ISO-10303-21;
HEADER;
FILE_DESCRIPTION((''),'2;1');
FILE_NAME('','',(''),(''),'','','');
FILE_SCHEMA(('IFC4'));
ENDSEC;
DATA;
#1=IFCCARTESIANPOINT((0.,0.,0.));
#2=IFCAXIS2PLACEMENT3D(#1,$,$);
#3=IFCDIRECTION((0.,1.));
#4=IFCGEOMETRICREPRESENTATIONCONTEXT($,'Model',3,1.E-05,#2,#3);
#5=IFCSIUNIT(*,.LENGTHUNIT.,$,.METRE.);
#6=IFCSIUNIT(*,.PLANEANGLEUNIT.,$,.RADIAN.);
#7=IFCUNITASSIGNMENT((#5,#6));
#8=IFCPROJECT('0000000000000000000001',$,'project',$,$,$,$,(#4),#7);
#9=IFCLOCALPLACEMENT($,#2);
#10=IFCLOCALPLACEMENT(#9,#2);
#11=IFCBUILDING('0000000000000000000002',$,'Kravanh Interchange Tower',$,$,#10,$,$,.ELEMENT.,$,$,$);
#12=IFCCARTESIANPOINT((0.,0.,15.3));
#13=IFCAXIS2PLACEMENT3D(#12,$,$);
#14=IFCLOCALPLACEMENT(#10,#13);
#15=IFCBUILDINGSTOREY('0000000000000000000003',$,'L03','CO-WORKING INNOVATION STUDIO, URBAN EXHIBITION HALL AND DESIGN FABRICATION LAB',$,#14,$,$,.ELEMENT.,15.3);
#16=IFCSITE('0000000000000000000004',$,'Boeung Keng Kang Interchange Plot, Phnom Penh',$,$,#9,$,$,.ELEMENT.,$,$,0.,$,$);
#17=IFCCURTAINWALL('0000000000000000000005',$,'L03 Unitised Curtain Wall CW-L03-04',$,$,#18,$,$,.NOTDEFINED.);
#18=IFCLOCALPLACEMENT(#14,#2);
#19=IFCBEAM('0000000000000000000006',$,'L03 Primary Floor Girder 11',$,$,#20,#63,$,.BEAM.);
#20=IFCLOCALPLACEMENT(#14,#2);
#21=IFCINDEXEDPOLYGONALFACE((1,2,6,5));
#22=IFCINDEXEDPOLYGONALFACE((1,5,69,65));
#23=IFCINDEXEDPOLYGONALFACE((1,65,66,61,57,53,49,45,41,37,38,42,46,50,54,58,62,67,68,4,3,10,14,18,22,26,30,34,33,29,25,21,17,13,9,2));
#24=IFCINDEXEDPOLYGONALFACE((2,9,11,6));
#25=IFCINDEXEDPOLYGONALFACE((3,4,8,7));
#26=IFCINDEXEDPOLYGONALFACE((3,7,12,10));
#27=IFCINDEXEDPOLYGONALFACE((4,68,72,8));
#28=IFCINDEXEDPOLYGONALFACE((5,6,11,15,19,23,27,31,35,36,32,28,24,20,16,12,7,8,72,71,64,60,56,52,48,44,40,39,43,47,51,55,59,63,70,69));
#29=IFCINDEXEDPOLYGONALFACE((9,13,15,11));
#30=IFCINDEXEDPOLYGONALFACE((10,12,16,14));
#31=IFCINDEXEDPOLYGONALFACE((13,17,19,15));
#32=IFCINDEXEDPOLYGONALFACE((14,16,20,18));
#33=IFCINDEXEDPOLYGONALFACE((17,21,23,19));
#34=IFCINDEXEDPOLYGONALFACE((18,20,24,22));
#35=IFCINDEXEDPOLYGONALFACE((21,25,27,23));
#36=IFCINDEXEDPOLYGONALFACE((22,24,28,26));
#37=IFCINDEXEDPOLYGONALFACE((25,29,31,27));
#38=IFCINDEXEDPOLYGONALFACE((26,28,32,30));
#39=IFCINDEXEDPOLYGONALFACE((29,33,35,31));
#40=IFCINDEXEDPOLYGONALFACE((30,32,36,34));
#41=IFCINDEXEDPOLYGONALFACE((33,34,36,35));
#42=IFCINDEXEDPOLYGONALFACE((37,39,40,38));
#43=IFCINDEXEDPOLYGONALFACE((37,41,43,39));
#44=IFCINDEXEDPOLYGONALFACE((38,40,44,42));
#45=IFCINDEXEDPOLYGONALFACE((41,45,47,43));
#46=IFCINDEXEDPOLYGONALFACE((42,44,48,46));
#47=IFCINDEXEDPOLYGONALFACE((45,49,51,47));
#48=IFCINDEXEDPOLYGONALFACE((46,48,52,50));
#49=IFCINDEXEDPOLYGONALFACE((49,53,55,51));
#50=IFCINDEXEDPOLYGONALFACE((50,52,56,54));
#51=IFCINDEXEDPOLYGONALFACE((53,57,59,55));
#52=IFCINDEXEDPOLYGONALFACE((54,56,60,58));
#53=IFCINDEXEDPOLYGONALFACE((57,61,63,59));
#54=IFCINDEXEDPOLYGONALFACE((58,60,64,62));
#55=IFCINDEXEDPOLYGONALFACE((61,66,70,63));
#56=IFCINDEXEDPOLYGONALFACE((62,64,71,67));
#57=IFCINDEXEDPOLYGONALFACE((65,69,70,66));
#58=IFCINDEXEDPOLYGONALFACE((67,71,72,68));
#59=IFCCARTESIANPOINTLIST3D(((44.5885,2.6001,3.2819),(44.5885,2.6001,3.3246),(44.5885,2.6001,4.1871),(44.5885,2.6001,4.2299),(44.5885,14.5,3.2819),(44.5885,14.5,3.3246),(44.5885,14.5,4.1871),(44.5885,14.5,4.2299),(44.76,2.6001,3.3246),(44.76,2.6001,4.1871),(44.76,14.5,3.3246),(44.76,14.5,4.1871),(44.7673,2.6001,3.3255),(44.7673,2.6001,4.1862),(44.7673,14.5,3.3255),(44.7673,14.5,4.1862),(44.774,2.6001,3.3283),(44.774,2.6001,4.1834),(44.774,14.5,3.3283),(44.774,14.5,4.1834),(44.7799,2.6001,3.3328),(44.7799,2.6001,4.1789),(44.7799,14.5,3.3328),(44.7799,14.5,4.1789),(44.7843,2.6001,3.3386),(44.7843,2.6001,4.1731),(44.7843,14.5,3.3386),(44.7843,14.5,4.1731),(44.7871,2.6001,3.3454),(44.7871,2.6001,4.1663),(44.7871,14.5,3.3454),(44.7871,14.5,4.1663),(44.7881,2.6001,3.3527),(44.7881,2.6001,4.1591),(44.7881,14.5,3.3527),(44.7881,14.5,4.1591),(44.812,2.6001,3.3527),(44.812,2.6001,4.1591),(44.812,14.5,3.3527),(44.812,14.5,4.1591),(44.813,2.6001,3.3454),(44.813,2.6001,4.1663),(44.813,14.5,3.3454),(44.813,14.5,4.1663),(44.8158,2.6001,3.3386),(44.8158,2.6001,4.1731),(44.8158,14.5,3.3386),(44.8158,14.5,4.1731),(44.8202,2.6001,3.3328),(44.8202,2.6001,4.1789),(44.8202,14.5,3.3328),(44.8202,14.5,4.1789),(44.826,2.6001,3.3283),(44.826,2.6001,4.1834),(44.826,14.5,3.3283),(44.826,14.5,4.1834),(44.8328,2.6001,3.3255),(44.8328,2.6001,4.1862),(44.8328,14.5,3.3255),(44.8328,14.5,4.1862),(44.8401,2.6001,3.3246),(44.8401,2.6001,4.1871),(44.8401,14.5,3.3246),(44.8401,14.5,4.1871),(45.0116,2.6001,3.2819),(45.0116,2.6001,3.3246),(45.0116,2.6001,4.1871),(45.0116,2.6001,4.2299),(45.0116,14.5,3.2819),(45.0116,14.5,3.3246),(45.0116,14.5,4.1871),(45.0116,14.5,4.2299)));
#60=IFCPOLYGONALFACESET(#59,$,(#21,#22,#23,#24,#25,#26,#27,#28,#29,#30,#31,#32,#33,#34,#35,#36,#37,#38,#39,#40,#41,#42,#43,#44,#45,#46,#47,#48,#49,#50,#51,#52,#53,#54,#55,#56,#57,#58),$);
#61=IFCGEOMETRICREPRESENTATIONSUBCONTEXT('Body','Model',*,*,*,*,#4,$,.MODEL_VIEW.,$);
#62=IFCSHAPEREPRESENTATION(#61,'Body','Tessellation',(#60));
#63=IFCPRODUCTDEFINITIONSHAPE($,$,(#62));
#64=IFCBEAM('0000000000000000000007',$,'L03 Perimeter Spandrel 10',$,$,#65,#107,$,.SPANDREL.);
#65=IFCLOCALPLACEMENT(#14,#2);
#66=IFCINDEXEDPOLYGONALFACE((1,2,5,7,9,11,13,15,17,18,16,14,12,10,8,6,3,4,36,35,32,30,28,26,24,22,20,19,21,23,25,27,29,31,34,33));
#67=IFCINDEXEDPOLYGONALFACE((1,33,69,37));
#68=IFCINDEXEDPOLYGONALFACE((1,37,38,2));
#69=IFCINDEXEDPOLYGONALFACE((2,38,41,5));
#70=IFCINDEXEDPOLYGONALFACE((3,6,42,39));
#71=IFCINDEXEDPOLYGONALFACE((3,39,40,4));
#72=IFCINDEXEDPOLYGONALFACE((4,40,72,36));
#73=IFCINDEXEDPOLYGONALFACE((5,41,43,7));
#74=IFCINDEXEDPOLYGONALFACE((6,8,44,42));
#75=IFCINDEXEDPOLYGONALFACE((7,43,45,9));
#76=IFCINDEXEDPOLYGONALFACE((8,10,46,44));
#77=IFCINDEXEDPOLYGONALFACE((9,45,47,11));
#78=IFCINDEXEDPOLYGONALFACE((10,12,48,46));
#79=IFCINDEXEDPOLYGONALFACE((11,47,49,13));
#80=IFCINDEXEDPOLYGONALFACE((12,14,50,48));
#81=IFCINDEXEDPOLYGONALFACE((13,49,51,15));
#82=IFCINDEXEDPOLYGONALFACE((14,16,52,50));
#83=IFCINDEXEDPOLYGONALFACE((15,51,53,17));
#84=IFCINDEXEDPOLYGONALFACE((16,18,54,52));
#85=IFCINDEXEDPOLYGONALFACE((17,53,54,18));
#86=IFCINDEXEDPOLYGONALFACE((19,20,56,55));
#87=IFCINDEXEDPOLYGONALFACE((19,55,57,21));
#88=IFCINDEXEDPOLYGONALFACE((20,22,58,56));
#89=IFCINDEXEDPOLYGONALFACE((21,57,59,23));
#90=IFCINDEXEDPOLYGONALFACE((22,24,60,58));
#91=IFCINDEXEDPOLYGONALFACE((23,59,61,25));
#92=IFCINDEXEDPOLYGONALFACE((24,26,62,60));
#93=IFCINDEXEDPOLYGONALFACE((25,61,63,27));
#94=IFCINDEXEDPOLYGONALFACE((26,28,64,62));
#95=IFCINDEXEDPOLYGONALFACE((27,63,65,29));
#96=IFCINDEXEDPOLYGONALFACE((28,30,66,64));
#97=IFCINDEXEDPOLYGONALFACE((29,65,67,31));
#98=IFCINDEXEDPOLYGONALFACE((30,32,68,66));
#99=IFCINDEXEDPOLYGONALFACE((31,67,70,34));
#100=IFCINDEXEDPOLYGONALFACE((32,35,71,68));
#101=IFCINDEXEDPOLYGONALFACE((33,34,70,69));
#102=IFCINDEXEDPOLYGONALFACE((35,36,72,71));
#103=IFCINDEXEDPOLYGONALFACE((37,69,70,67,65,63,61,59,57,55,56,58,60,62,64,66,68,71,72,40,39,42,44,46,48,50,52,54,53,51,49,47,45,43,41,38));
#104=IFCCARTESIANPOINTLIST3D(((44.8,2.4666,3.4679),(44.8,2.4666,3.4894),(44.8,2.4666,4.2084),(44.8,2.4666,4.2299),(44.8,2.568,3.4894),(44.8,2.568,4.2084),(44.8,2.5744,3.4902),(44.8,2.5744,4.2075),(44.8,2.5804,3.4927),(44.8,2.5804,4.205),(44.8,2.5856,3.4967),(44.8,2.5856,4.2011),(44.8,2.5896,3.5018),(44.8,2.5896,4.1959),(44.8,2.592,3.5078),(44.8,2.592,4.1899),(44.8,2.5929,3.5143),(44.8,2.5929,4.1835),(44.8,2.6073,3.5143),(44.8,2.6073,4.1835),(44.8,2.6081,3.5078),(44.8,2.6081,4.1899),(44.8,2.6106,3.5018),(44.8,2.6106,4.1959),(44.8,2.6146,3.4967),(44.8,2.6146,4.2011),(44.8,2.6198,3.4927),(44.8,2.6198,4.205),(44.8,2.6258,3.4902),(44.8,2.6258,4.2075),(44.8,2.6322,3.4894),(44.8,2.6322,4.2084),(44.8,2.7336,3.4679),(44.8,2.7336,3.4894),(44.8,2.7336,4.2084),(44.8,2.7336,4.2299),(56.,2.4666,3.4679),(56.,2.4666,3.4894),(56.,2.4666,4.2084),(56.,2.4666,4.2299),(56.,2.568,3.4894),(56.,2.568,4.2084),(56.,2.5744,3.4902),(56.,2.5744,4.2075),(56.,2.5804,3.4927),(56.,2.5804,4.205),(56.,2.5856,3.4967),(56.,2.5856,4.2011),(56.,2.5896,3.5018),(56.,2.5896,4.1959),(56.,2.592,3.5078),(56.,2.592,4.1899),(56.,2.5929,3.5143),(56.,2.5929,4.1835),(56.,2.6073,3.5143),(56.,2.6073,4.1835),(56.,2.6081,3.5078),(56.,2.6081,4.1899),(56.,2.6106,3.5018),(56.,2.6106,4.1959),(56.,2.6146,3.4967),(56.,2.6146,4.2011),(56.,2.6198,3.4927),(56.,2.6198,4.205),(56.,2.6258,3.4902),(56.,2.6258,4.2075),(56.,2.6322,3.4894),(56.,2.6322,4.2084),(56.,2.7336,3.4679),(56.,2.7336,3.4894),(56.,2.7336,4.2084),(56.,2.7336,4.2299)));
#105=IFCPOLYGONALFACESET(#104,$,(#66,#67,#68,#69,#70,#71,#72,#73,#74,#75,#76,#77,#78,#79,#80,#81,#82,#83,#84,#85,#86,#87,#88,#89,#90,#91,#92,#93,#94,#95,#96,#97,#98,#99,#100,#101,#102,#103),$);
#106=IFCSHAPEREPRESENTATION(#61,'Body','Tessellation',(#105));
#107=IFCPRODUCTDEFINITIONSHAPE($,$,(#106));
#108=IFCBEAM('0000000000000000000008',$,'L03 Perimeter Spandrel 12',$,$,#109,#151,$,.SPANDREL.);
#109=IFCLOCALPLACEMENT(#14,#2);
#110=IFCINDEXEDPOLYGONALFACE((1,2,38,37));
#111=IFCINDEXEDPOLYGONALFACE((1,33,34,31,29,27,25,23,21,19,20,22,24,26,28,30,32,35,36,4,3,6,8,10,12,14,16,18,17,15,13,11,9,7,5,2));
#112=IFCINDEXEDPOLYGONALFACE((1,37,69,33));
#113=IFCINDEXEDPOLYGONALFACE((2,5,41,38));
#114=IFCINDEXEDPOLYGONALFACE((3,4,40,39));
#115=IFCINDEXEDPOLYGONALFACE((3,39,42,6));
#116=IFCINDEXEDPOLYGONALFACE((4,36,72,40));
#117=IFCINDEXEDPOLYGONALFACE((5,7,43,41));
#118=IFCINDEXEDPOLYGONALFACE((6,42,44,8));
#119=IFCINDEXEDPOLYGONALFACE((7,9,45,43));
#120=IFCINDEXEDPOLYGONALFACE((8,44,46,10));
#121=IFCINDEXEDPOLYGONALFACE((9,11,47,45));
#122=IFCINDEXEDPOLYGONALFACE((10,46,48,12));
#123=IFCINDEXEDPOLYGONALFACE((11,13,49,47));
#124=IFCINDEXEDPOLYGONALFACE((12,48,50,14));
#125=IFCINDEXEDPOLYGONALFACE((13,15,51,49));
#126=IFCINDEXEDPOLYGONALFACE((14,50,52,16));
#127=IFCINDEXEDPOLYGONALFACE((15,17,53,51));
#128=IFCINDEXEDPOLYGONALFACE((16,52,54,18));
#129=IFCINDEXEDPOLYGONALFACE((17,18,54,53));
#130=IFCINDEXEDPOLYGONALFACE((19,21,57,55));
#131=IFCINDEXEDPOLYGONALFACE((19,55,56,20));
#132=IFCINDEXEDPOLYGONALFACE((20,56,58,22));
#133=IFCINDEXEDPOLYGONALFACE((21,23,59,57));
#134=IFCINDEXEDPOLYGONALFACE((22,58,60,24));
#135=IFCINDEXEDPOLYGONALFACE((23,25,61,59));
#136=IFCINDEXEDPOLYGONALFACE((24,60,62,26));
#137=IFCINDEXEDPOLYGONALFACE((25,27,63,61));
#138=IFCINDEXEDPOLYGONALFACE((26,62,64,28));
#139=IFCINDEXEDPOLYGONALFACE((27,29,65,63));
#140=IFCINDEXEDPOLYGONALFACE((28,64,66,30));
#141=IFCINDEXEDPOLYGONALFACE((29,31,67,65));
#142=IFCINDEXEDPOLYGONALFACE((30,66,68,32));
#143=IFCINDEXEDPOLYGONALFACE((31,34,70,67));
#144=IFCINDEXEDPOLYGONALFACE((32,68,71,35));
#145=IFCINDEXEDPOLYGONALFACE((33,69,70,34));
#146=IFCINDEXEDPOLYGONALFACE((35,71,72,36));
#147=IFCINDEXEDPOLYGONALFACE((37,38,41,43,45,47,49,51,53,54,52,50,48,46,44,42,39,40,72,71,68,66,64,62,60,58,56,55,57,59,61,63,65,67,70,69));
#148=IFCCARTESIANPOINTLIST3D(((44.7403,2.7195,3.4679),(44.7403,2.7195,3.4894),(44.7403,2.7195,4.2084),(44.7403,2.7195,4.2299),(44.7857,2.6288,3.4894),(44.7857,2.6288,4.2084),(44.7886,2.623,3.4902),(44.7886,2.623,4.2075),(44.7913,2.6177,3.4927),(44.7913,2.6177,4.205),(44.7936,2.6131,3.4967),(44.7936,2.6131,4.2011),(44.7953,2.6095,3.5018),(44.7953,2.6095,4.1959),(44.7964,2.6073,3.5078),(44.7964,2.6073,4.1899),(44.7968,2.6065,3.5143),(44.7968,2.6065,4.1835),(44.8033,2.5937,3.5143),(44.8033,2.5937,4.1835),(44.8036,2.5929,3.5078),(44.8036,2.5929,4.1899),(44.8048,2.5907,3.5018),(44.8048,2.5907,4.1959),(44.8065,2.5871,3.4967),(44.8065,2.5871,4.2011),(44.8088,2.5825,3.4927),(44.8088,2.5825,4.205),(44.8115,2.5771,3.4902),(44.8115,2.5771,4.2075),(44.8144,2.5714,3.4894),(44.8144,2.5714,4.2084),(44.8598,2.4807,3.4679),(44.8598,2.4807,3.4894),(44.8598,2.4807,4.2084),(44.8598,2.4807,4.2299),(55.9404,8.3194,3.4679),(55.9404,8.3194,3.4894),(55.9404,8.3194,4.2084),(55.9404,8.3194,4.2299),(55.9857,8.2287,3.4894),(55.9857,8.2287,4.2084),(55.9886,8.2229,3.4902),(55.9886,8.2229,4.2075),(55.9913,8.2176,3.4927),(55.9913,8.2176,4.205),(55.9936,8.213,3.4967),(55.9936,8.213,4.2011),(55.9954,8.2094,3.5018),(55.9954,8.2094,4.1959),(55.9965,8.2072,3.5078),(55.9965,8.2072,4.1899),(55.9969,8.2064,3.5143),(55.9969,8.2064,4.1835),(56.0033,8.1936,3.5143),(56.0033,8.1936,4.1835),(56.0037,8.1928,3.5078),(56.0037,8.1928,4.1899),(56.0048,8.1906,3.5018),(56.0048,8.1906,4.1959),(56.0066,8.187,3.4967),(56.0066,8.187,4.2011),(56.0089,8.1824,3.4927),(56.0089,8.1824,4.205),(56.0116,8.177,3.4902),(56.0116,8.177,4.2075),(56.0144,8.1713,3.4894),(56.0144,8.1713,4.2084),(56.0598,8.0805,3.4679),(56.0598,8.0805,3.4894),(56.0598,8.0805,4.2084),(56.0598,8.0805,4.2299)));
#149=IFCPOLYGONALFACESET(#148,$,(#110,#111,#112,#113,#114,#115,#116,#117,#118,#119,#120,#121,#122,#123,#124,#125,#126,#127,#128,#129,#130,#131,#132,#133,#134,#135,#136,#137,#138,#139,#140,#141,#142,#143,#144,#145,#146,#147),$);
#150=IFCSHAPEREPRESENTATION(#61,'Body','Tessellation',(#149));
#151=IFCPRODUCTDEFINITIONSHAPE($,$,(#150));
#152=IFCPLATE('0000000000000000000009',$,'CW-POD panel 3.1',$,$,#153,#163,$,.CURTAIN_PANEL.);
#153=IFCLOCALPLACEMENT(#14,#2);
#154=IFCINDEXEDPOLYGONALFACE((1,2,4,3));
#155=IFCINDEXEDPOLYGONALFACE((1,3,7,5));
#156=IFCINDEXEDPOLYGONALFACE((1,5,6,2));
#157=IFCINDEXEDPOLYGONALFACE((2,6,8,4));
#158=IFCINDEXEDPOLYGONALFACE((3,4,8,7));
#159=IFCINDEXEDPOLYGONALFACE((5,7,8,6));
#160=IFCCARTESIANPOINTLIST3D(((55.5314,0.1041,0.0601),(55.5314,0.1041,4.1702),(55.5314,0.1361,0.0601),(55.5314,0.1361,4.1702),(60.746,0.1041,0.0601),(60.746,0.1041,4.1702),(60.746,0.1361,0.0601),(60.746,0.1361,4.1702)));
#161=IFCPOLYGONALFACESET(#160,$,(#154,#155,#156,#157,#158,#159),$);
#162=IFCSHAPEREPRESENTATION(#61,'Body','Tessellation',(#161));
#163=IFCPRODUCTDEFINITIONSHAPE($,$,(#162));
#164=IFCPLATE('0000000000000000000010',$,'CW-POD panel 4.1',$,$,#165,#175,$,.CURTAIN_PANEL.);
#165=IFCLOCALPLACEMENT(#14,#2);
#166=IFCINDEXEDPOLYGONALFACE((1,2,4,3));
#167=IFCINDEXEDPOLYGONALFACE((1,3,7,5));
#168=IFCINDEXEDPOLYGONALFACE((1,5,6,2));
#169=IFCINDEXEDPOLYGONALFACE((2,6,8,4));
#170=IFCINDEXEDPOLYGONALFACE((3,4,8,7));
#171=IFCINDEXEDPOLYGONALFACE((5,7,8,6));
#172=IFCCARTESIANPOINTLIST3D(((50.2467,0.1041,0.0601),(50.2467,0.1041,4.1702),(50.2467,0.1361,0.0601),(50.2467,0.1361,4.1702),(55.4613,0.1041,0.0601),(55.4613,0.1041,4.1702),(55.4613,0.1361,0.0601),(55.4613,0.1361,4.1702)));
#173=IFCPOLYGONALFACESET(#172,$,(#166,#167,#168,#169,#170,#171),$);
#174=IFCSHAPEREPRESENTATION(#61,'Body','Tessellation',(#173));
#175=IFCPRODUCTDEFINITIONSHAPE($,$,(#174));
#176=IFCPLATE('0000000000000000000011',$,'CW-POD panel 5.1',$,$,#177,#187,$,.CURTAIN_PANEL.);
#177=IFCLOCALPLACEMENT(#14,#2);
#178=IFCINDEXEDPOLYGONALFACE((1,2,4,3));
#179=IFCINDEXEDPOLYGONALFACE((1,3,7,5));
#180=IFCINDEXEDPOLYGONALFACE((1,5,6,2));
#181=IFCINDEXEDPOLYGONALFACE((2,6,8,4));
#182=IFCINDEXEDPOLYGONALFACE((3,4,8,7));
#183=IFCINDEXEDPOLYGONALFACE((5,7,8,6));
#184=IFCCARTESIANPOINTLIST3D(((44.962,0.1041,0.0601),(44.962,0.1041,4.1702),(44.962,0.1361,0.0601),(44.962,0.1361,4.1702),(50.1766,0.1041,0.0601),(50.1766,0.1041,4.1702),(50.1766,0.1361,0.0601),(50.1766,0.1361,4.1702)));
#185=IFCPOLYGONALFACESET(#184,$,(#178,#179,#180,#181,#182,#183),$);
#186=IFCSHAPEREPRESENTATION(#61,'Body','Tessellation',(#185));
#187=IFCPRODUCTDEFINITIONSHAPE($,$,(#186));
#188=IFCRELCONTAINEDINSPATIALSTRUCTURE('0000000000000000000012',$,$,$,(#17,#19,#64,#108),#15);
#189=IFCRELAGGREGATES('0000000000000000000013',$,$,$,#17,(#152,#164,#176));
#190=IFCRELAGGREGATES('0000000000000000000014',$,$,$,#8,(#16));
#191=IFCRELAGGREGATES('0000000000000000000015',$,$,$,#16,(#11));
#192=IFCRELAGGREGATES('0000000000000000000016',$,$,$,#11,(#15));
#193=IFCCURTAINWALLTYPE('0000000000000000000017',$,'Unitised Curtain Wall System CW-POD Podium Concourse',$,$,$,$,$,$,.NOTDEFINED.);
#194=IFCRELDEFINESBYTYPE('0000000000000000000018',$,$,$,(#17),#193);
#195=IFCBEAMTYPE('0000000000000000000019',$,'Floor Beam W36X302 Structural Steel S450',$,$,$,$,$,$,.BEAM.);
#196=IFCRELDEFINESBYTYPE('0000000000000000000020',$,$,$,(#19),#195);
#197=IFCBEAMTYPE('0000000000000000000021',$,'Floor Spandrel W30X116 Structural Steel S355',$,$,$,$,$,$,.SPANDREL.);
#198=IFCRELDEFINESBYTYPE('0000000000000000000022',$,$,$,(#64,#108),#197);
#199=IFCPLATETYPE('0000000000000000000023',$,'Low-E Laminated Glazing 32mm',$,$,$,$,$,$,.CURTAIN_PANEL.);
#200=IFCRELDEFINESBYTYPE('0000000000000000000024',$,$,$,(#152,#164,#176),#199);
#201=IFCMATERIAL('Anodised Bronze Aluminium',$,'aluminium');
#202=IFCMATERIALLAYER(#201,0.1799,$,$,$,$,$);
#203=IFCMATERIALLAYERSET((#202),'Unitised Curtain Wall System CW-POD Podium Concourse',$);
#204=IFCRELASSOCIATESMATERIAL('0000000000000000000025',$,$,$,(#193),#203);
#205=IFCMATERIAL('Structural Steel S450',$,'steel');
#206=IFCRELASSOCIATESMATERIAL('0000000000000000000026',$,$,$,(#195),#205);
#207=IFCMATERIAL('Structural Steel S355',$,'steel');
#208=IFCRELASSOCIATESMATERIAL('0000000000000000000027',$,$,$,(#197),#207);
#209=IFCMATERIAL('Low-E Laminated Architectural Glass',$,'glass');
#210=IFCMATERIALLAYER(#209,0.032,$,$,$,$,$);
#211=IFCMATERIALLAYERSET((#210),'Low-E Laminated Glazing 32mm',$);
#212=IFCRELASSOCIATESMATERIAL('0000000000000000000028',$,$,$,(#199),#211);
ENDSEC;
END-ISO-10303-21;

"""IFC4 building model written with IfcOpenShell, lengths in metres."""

from ifc_helpers import new_model, si_unit, direction, frame, origin, origin_2d, place, context, subcontext, project, spatial, rectangle, i_section, extrude, material, layer, layer_set, material_profile, profile_set, type_object, element, aggregate, save


model = new_model("IFC4")

# Units and contexts
model_context = context("Model", 3, precision=1e-05, world=origin(), true_north=direction((0.0, 1.0)))
body_context = subcontext(model_context, "Body", "Model", "MODEL_VIEW")
ifc_project = project(units=[si_unit("LENGTHUNIT", "METRE"), si_unit("PLANEANGLEUNIT", "RADIAN")], contexts=[model_context])

# Site, building, storey
site_placement = place(None, origin())
site = spatial("IfcSite", under=ifc_project, at=site_placement, Name="Boeung Keng Kang Interchange Plot, Phnom Penh", CompositionType="ELEMENT", RefElevation=0.0)
building_placement = place(site_placement, origin())
building = spatial("IfcBuilding", under=site, at=building_placement, Name="Kravanh Interchange Tower", CompositionType="ELEMENT")
storey_placement = place(building_placement, frame((0.0, 0.0, 15.3)))
storey = spatial("IfcBuildingStorey", under=building, at=storey_placement, Name="L03", Description="CO-WORKING INNOVATION STUDIO, URBAN EXHIBITION HALL AND DESIGN FABRICATION LAB", CompositionType="ELEMENT", Elevation=15.3)

# Curtain wall
ifc_material_1 = material(Name="Anodised Bronze Aluminium", Category="aluminium")
ifc_layer_1 = layer(ifc_material_1, 0.1799)
ifc_layer_set_1 = layer_set([ifc_layer_1], Name="Unitised Curtain Wall System CW-POD Podium Concourse")
curtain_wall_type = type_object("IfcCurtainWallType", Name="Unitised Curtain Wall System CW-POD Podium Concourse", PredefinedType="NOTDEFINED", material=ifc_layer_set_1)
curtain_wall_placement = place(storey_placement, origin())
curtain_wall = element("IfcCurtainWall", 1, at=curtain_wall_placement, inside=storey, type_object=curtain_wall_type, Name="L03 Unitised Curtain Wall CW-L03-04", PredefinedType="NOTDEFINED")

# Beams
ifc_material_2 = material(Name="Structural Steel S450", Category="steel")
ifc_material_profile_1 = material_profile(ifc_material_2, i_section(OverallWidth=0.4231, OverallDepth=0.948, WebThickness=0.0239, FlangeThickness=0.0427, FilletRadius=0.0281, at=origin_2d()), Name="W36X302")
ifc_profile_set_1 = profile_set([ifc_material_profile_1], Name="Structural Steel S450")
beam_type_1 = type_object("IfcBeamType", Name="Floor Beam W36X302 Structural Steel S450", PredefinedType="BEAM", material=ifc_profile_set_1)
beam_1_placement = place(storey_placement, frame((44.8, 2.6001, 3.7559), z_axis=(0.0, 1.0, 0.0), x_axis=(-1.0, 0.0, 0.0)))
element("IfcBeam", 2, at=beam_1_placement, inside=storey, type_object=beam_type_1, Name="L03 Primary Floor Girder 11", PredefinedType="BEAM", context=body_context, shape_type="SweptSolid", body=[
    extrude(i_section(OverallWidth=0.4231, OverallDepth=0.948, WebThickness=0.0239, FlangeThickness=0.0427, FilletRadius=0.0281, at=origin_2d()), origin(), (0.0, 0.0, 1.0), 11.8999),
])
ifc_material_3 = material(Name="Structural Steel S355", Category="steel")
ifc_material_profile_2 = material_profile(ifc_material_3, i_section(OverallWidth=0.2671, OverallDepth=0.762, WebThickness=0.0144, FlangeThickness=0.0215, FilletRadius=0.0249, at=origin_2d()), Name="W30X116")
ifc_profile_set_2 = profile_set([ifc_material_profile_2], Name="Structural Steel S355")
beam_type_2 = type_object("IfcBeamType", Name="Floor Spandrel W30X116 Structural Steel S355", PredefinedType="SPANDREL", material=ifc_profile_set_2)
beam_2_placement = place(storey_placement, frame((44.8, 2.6001, 3.8489), z_axis=(1.0, 0.0, 0.0), x_axis=(0.0, 1.0, 0.0)))
element("IfcBeam", 3, at=beam_2_placement, inside=storey, type_object=beam_type_2, Name="L03 Perimeter Spandrel 10", PredefinedType="SPANDREL", context=body_context, shape_type="SweptSolid", body=[
    extrude(i_section(OverallWidth=0.2671, OverallDepth=0.762, WebThickness=0.0144, FlangeThickness=0.0215, FilletRadius=0.0249, at=origin_2d()), origin(), (0.0, 0.0, 1.0), 11.2),
])
beam_3_placement = place(storey_placement, frame((44.8, 2.6001, 3.8489), z_axis=(0.894431, 0.447206, 0.0), x_axis=(-0.447206, 0.894431, 0.0)))
element("IfcBeam", 4, at=beam_3_placement, inside=storey, type_object=beam_type_2, Name="L03 Perimeter Spandrel 12", PredefinedType="SPANDREL", context=body_context, shape_type="SweptSolid", body=[
    extrude(i_section(OverallWidth=0.2671, OverallDepth=0.762, WebThickness=0.0144, FlangeThickness=0.0215, FilletRadius=0.0249, at=origin_2d()), origin(), (0.0, 0.0, 1.0), 12.522),
])

# Plates
ifc_material_4 = material(Name="Low-E Laminated Architectural Glass", Category="glass")
ifc_layer_2 = layer(ifc_material_4, 0.032)
ifc_layer_set_2 = layer_set([ifc_layer_2], Name="Low-E Laminated Glazing 32mm")
plate_type = type_object("IfcPlateType", Name="Low-E Laminated Glazing 32mm", PredefinedType="CURTAIN_PANEL", material=ifc_layer_set_2)
plate_1_placement = place(storey_placement, frame((58.1387, 0.1201, 0.0601), z_axis=(0.0, 0.0, 1.0), x_axis=(-1.0, 0.0, 0.0)))
plate_1 = element("IfcPlate", 5, at=plate_1_placement, type_object=plate_type, Name="CW-POD panel 3.1", PredefinedType="CURTAIN_PANEL", context=body_context, shape_type="SweptSolid", body=[
    extrude(rectangle(XDim=5.2146, YDim=0.032, at=origin_2d()), origin(), (0.0, 0.0, 1.0), 4.1101),
])
plate_2_placement = place(storey_placement, frame((52.854, 0.1201, 0.0601), z_axis=(0.0, 0.0, 1.0), x_axis=(-1.0, 0.0, 0.0)))
plate_2 = element("IfcPlate", 6, at=plate_2_placement, type_object=plate_type, Name="CW-POD panel 4.1", PredefinedType="CURTAIN_PANEL", context=body_context, shape_type="SweptSolid", body=[
    extrude(rectangle(XDim=5.2146, YDim=0.032, at=origin_2d()), origin(), (0.0, 0.0, 1.0), 4.1101),
])
plate_3_placement = place(storey_placement, frame((47.5693, 0.1201, 0.0601), z_axis=(0.0, 0.0, 1.0), x_axis=(-1.0, 0.0, 0.0)))
plate_3 = element("IfcPlate", 7, at=plate_3_placement, type_object=plate_type, Name="CW-POD panel 5.1", PredefinedType="CURTAIN_PANEL", context=body_context, shape_type="SweptSolid", body=[
    extrude(rectangle(XDim=5.2146, YDim=0.032, at=origin_2d()), origin(), (0.0, 0.0, 1.0), 4.1101),
])
aggregate(curtain_wall, [plate_1, plate_2, plate_3])

save(model, "model.ifc")
